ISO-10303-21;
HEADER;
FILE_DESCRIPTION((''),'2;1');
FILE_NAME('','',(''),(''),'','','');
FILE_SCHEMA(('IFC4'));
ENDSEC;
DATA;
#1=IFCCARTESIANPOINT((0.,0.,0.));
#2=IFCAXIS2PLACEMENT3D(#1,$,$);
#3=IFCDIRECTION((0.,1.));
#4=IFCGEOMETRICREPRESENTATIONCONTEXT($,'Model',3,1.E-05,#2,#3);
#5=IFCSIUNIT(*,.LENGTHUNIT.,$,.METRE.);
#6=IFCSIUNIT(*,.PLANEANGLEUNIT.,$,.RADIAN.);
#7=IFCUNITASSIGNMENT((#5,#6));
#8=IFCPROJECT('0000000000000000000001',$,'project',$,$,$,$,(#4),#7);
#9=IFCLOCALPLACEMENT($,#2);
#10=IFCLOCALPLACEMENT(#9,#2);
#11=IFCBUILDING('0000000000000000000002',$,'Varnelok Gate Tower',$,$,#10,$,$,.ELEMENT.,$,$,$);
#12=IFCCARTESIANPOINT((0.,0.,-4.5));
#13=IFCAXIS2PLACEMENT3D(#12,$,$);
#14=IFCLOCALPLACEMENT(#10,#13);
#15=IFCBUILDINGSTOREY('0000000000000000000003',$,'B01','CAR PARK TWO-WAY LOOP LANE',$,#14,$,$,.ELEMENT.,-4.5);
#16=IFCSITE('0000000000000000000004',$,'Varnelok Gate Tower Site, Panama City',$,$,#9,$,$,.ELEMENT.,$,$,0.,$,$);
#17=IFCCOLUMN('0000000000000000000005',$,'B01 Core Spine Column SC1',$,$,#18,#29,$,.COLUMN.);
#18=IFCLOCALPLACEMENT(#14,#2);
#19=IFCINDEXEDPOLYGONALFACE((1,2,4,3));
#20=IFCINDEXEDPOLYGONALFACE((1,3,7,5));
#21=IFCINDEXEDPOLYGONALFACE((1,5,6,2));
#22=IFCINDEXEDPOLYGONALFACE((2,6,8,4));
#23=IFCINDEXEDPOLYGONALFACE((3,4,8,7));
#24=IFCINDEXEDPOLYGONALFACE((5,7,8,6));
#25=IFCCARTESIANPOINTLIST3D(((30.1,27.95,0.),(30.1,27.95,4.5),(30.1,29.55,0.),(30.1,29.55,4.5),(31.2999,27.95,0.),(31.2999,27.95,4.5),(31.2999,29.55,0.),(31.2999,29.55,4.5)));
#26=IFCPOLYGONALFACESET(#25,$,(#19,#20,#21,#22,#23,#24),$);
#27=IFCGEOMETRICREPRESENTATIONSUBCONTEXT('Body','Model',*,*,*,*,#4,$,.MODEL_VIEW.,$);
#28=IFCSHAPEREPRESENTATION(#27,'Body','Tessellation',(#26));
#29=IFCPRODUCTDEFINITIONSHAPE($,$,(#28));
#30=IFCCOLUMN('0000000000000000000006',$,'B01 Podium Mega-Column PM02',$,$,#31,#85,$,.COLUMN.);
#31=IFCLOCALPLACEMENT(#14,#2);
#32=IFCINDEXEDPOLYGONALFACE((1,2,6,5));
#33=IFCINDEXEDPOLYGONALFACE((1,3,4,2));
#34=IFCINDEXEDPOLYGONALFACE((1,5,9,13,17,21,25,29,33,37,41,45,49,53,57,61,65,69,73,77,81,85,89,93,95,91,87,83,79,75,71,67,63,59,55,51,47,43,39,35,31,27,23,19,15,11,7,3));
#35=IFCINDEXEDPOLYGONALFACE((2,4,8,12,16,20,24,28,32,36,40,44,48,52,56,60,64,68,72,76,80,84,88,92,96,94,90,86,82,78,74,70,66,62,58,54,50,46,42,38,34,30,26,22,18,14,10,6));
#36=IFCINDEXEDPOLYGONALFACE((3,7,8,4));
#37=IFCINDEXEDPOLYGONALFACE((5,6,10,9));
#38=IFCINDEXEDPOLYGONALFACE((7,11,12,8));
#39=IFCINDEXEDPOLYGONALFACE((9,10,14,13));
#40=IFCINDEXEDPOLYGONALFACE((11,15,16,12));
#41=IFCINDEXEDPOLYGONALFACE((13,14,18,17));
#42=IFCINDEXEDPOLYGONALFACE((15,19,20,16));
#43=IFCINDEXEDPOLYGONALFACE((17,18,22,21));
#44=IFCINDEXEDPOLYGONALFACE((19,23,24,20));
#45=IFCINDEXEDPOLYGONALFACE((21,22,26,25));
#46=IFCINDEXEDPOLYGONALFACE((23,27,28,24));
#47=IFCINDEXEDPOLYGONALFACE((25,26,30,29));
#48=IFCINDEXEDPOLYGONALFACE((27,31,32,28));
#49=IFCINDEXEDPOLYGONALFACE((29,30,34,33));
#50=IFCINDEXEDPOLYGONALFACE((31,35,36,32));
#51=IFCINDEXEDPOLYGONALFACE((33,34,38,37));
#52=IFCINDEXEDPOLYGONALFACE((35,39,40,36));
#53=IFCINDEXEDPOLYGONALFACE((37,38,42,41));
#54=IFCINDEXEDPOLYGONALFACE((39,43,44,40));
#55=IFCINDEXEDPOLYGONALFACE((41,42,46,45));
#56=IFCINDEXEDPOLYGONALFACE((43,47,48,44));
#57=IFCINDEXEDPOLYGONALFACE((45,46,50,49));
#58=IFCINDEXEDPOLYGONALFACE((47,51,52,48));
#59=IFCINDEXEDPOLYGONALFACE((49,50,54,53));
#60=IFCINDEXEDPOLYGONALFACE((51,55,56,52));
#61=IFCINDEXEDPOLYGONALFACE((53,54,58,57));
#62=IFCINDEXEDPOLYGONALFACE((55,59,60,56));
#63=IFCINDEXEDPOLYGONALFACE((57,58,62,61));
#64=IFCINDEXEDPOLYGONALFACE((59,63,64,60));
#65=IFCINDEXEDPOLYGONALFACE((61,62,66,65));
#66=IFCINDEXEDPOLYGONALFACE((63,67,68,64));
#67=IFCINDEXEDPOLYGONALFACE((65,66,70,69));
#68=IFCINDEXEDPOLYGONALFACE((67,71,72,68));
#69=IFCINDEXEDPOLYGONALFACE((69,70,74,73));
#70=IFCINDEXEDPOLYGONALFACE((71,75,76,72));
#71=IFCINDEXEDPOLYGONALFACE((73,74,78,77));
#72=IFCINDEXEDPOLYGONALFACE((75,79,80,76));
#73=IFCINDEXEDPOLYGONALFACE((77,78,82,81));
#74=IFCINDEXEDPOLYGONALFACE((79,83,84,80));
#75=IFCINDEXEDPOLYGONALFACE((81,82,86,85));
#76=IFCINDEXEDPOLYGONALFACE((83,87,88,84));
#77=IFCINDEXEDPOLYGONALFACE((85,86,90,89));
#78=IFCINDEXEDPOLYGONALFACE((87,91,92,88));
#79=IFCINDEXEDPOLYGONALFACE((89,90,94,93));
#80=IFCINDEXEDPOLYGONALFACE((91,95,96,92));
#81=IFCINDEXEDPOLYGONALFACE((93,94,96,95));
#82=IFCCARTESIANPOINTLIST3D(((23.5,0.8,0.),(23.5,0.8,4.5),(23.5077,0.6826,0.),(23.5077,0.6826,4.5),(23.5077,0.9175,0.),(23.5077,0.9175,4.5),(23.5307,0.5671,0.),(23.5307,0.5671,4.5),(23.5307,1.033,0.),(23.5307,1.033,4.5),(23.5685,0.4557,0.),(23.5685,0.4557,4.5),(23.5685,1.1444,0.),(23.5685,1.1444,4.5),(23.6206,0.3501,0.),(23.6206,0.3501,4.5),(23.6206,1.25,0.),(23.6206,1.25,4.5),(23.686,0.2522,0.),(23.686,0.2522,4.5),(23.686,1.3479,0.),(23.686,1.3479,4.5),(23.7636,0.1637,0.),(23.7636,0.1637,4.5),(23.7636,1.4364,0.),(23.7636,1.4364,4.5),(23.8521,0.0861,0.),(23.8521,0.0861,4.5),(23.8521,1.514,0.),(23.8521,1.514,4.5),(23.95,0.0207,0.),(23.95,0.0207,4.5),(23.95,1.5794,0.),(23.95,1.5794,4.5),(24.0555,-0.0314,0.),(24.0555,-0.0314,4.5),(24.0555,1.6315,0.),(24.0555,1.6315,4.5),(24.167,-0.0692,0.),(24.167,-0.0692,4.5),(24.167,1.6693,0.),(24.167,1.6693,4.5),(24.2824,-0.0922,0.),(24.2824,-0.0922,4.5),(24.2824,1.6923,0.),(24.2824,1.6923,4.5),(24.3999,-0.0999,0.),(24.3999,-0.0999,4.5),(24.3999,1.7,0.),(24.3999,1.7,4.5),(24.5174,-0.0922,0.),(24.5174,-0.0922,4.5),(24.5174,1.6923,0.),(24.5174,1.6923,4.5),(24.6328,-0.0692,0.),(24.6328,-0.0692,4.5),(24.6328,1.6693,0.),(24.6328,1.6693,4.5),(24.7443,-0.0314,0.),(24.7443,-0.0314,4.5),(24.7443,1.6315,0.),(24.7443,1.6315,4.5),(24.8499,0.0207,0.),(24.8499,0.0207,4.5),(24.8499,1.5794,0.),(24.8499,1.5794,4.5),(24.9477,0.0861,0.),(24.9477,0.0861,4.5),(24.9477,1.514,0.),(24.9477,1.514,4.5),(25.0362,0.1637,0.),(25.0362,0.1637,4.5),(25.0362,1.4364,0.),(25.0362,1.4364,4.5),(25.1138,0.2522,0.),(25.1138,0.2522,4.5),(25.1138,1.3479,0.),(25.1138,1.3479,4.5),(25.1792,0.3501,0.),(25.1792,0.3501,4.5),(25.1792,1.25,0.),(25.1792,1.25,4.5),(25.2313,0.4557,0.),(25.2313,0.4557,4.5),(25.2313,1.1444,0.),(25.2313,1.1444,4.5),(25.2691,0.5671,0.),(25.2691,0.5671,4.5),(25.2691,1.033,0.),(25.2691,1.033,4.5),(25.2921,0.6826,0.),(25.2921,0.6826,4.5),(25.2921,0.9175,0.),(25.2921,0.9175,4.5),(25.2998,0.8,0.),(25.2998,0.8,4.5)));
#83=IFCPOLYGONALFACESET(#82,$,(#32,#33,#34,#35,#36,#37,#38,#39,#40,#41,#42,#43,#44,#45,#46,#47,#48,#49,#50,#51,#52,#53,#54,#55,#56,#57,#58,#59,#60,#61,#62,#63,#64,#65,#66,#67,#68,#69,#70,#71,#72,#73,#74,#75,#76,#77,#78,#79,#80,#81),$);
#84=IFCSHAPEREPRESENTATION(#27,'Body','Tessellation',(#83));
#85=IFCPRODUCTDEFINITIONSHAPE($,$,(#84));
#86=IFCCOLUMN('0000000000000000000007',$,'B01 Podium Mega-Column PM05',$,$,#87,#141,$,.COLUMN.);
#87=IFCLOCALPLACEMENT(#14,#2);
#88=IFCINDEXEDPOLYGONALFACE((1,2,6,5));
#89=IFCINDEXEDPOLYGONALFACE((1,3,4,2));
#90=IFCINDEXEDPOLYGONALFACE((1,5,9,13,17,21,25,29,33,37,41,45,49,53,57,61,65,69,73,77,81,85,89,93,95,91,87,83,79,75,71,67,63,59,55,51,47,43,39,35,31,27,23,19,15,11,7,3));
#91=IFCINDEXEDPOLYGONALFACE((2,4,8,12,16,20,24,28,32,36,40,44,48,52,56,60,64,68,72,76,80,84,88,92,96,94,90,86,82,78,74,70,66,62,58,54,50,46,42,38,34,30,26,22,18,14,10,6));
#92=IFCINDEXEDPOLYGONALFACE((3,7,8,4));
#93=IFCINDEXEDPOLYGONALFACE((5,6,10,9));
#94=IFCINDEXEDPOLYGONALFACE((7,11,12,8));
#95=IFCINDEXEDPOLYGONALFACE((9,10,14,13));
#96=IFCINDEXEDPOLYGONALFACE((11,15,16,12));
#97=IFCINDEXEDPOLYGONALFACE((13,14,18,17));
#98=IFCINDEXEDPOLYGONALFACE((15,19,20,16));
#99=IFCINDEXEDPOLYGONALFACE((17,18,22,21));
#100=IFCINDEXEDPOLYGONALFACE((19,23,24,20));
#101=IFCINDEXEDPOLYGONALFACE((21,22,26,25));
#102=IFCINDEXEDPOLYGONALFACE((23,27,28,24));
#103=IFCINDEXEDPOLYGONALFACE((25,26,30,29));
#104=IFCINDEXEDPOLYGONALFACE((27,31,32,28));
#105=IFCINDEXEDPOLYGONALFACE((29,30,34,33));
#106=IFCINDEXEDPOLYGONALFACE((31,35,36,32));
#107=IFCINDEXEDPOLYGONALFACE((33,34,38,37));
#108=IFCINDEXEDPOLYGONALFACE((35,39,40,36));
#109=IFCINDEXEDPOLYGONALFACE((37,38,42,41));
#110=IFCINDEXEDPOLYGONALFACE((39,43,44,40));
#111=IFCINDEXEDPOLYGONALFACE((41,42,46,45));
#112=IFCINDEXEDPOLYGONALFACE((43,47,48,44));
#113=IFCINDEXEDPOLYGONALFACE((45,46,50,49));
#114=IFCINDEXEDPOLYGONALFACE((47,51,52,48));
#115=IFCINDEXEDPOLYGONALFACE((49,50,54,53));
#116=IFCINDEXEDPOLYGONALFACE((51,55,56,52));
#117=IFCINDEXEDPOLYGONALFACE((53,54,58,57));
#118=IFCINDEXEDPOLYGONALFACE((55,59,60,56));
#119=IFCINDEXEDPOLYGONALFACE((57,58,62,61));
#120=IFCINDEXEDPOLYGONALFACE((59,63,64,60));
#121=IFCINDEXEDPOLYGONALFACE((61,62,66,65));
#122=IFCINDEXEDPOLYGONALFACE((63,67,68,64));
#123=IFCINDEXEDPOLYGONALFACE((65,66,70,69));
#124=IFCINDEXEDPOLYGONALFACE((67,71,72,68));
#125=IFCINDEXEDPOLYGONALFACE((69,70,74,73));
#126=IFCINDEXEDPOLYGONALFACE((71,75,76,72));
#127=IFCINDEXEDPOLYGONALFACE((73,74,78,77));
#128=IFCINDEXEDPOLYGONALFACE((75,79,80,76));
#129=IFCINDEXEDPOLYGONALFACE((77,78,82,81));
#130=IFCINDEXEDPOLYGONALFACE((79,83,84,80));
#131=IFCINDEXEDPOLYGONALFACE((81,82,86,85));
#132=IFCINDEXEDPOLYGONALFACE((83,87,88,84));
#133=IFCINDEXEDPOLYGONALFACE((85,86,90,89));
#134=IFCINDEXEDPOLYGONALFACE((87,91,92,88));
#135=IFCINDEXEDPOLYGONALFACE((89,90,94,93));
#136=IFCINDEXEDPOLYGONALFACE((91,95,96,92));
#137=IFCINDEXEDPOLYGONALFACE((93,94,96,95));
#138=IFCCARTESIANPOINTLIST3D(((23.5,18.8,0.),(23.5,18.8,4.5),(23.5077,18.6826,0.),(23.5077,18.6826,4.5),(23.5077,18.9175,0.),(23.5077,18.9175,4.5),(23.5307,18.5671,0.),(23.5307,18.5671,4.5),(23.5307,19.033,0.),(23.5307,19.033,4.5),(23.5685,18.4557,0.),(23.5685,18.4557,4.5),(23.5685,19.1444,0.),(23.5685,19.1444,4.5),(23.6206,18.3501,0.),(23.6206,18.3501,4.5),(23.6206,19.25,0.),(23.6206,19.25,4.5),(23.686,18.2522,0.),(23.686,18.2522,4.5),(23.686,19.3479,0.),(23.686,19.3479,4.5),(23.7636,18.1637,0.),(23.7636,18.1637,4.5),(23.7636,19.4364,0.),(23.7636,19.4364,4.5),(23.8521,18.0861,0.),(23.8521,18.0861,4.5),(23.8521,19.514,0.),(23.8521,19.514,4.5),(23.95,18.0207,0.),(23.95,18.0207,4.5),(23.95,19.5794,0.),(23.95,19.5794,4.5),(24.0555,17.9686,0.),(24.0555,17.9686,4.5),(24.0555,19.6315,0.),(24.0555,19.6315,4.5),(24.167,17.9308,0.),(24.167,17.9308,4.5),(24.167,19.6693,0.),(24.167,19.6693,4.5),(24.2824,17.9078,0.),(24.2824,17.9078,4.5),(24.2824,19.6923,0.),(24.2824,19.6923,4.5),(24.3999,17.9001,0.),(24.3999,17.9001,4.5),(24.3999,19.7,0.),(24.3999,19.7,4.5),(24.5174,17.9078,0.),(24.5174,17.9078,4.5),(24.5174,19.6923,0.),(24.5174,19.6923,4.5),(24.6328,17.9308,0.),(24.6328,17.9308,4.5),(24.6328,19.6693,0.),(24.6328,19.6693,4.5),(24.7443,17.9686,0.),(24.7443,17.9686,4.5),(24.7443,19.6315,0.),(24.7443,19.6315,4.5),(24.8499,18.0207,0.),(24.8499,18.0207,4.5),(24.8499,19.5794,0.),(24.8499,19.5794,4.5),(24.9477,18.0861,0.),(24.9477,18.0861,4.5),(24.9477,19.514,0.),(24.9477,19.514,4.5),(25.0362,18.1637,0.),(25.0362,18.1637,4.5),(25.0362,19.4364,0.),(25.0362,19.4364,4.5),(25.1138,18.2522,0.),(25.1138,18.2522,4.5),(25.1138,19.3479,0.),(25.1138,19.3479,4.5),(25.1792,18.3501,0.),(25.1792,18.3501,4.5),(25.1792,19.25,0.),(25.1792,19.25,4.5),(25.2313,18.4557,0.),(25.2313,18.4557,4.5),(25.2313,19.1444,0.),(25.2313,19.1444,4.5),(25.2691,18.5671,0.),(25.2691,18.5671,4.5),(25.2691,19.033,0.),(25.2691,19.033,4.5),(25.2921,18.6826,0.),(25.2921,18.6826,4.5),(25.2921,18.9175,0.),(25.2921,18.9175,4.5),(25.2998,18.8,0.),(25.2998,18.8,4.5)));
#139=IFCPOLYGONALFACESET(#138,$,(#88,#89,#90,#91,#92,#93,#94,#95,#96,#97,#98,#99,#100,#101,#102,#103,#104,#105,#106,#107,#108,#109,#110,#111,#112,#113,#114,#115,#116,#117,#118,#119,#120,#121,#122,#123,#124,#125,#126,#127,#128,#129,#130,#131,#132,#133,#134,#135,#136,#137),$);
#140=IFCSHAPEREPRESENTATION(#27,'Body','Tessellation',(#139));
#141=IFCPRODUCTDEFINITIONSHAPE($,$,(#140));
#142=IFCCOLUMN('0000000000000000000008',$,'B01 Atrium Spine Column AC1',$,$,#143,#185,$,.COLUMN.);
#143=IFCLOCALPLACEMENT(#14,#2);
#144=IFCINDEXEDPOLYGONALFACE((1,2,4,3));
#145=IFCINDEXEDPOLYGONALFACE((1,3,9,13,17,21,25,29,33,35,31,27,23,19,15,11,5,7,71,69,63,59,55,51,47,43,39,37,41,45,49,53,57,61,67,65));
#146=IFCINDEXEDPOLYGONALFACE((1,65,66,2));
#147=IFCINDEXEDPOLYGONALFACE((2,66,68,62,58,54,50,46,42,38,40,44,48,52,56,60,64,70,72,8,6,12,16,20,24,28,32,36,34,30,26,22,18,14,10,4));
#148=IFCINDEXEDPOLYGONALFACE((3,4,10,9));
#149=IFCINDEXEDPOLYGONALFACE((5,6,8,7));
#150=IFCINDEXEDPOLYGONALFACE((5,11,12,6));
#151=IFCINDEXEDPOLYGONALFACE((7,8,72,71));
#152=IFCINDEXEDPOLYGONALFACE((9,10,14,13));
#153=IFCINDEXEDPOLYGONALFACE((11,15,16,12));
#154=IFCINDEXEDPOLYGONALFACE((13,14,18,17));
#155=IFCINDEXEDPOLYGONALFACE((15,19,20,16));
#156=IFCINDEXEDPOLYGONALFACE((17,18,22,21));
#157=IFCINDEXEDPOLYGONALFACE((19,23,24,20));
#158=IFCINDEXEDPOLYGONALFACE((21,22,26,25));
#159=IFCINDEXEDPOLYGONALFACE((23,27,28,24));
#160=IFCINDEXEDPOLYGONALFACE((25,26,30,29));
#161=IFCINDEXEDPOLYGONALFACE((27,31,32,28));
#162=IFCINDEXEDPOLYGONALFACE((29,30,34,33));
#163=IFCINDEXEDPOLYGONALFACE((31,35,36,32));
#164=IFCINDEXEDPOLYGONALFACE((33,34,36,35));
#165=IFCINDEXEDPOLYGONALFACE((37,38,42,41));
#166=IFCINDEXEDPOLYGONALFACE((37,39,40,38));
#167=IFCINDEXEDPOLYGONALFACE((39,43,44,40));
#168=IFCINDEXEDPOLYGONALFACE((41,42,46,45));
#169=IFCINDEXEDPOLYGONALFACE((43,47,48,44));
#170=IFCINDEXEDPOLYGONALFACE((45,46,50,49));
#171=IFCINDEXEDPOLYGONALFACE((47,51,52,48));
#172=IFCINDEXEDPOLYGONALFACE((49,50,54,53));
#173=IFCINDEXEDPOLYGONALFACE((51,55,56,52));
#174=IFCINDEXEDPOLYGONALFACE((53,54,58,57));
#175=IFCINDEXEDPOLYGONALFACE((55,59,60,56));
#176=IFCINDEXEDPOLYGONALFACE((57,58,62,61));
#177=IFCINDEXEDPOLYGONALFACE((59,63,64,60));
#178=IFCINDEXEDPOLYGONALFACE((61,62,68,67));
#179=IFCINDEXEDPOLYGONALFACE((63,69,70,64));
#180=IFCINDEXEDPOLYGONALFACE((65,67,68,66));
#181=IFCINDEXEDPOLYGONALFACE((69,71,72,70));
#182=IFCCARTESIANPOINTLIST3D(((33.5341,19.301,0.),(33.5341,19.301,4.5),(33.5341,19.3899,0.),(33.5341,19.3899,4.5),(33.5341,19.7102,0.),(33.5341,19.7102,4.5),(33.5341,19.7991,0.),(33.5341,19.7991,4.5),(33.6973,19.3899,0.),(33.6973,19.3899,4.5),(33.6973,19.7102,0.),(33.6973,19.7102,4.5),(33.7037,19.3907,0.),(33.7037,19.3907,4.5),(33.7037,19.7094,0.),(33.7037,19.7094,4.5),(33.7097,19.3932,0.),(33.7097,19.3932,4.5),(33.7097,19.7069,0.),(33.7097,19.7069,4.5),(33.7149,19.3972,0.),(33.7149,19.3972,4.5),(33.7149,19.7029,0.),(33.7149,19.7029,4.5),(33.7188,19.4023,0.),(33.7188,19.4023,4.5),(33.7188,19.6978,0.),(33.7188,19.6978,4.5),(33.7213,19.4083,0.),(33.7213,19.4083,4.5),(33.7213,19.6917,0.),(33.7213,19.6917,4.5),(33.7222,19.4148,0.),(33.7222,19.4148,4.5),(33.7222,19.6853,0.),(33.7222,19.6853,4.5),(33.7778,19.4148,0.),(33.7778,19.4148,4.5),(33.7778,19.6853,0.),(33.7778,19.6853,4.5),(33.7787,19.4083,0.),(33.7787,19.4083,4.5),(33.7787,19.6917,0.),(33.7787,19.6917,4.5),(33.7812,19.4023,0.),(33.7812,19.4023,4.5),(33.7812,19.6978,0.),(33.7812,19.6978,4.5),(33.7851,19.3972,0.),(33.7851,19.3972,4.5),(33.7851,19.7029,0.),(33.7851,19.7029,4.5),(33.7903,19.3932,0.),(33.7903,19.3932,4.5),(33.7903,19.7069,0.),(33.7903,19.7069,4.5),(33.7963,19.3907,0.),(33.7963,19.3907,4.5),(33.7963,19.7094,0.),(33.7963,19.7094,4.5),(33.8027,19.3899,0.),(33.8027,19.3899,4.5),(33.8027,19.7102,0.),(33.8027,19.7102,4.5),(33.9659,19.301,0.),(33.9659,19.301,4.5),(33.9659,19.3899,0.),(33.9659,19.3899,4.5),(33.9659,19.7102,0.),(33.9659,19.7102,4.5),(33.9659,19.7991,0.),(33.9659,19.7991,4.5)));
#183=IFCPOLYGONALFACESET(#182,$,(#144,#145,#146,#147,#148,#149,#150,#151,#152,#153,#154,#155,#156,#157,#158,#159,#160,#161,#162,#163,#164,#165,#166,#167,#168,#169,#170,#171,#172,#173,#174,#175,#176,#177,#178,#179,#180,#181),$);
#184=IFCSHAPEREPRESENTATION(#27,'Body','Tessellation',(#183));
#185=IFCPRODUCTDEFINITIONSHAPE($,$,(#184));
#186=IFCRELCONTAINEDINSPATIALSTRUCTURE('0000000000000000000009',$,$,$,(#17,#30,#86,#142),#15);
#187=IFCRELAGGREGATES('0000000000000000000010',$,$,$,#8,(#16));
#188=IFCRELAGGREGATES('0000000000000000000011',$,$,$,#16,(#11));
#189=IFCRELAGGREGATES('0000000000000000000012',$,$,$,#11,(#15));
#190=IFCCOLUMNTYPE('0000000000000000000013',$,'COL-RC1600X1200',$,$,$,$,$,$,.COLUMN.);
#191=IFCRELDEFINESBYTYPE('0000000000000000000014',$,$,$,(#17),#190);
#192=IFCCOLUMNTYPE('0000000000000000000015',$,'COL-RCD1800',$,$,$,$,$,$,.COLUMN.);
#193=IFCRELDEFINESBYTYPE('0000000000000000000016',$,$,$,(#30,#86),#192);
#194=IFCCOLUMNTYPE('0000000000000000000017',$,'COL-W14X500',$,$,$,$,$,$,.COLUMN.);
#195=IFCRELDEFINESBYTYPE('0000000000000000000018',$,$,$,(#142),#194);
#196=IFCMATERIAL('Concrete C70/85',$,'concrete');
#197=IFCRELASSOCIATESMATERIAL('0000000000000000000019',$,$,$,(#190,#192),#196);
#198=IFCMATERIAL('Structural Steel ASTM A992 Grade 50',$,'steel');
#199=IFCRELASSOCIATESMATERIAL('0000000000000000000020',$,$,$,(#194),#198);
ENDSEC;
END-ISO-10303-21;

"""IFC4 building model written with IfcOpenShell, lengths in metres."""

from ifc_helpers import new_model, si_unit, direction, frame, origin, origin_2d, place, context, subcontext, project, spatial, rectangle, circle, i_section, extrude, material, material_profile, profile_set, type_object, element, save


model = new_model("IFC4")

# Units and contexts
model_context = context("Model", 3, precision=1e-05, world=origin(), true_north=direction((0.0, 1.0)))
body_context = subcontext(model_context, "Body", "Model", "MODEL_VIEW")
ifc_project = project(units=[si_unit("LENGTHUNIT", "METRE"), si_unit("PLANEANGLEUNIT", "RADIAN")], contexts=[model_context])

# Site, building, storey
site_placement = place(None, origin())
site = spatial("IfcSite", under=ifc_project, at=site_placement, Name="Varnelok Gate Tower Site, Panama City", CompositionType="ELEMENT", RefElevation=0.0)
building_placement = place(site_placement, origin())
building = spatial("IfcBuilding", under=site, at=building_placement, Name="Varnelok Gate Tower", CompositionType="ELEMENT")
storey_placement = place(building_placement, frame((0.0, 0.0, -4.5)))
storey = spatial("IfcBuildingStorey", under=building, at=storey_placement, Name="B01", Description="CAR PARK TWO-WAY LOOP LANE", CompositionType="ELEMENT", Elevation=-4.5)

# Columns
ifc_material_1 = material(Name="Concrete C70/85", Category="concrete")
ifc_material_profile_1 = material_profile(ifc_material_1, rectangle(XDim=1.2, YDim=1.6001, at=origin_2d()), Name="RC1600X1200")
ifc_profile_set_1 = profile_set([ifc_material_profile_1], Name="Concrete C70/85")
column_type_1 = type_object("IfcColumnType", Name="COL-RC1600X1200", PredefinedType="COLUMN", material=ifc_profile_set_1)
column_placement = place(storey_placement, frame((30.7, 28.75, 0.0), z_axis=(0.0, 0.0, 1.0), x_axis=(1.0, 0.0, 0.0)))
element("IfcColumn", 1, at=column_placement, inside=storey, type_object=column_type_1, Name="B01 Core Spine Column SC1", PredefinedType="COLUMN", context=body_context, shape_type="SweptSolid", body=[
    extrude(rectangle(XDim=1.2, YDim=1.6001, at=origin_2d()), origin(), (0.0, 0.0, 1.0), 4.5),
])
ifc_material_profile_2 = material_profile(ifc_material_1, circle(Radius=0.8999, at=origin_2d()), Name="RCD1800")
ifc_profile_set_2 = profile_set([ifc_material_profile_2], Name="Concrete C70/85")
column_type_2 = type_object("IfcColumnType", Name="COL-RCD1800", PredefinedType="COLUMN", material=ifc_profile_set_2)
for number, where, z_axis, x_axis, name in (
    (2, (24.3999, 0.8, 0.0), (0.0, 0.0, 1.0), (1.0, 0.0, 0.0), "B01 Podium Mega-Column PM02"),
    (3, (24.3999, 18.8, 0.0), (0.0, 0.0, 1.0), (1.0, 0.0, 0.0), "B01 Podium Mega-Column PM05"),
):
    element("IfcColumn", number, at=place(storey_placement, frame(where, z_axis=z_axis, x_axis=x_axis)), inside=storey, type_object=column_type_2, Name=name, PredefinedType="COLUMN", context=body_context, shape_type="SweptSolid", body=[
        extrude(circle(Radius=0.8999, at=origin_2d()), origin(), (0.0, 0.0, 1.0), 4.5),
    ])
ifc_material_2 = material(Name="Structural Steel ASTM A992 Grade 50", Category="steel")
ifc_material_profile_3 = material_profile(ifc_material_2, i_section(OverallWidth=0.4319, OverallDepth=0.498, WebThickness=0.0557, FlangeThickness=0.0889, FilletRadius=0.0249, at=origin_2d()), Name="W14X500")
ifc_profile_set_3 = profile_set([ifc_material_profile_3], Name="Structural Steel ASTM A992 Grade 50")
column_type_3 = type_object("IfcColumnType", Name="COL-W14X500", PredefinedType="COLUMN", material=ifc_profile_set_3)
for number, where, z_axis, x_axis, name in (
    (4, (33.75, 19.55, 0.0), (0.0, 0.0, 1.0), (1.0, 0.0, 0.0), "B01 Atrium Spine Column AC1"),
):
    element("IfcColumn", number, at=place(storey_placement, frame(where, z_axis=z_axis, x_axis=x_axis)), inside=storey, type_object=column_type_3, Name=name, PredefinedType="COLUMN", context=body_context, shape_type="SweptSolid", body=[
        extrude(i_section(OverallWidth=0.4319, OverallDepth=0.498, WebThickness=0.0557, FlangeThickness=0.0889, FilletRadius=0.0249, at=origin_2d()), origin(), (0.0, 0.0, 1.0), 4.5),
    ])

save(model, "model.ifc")
